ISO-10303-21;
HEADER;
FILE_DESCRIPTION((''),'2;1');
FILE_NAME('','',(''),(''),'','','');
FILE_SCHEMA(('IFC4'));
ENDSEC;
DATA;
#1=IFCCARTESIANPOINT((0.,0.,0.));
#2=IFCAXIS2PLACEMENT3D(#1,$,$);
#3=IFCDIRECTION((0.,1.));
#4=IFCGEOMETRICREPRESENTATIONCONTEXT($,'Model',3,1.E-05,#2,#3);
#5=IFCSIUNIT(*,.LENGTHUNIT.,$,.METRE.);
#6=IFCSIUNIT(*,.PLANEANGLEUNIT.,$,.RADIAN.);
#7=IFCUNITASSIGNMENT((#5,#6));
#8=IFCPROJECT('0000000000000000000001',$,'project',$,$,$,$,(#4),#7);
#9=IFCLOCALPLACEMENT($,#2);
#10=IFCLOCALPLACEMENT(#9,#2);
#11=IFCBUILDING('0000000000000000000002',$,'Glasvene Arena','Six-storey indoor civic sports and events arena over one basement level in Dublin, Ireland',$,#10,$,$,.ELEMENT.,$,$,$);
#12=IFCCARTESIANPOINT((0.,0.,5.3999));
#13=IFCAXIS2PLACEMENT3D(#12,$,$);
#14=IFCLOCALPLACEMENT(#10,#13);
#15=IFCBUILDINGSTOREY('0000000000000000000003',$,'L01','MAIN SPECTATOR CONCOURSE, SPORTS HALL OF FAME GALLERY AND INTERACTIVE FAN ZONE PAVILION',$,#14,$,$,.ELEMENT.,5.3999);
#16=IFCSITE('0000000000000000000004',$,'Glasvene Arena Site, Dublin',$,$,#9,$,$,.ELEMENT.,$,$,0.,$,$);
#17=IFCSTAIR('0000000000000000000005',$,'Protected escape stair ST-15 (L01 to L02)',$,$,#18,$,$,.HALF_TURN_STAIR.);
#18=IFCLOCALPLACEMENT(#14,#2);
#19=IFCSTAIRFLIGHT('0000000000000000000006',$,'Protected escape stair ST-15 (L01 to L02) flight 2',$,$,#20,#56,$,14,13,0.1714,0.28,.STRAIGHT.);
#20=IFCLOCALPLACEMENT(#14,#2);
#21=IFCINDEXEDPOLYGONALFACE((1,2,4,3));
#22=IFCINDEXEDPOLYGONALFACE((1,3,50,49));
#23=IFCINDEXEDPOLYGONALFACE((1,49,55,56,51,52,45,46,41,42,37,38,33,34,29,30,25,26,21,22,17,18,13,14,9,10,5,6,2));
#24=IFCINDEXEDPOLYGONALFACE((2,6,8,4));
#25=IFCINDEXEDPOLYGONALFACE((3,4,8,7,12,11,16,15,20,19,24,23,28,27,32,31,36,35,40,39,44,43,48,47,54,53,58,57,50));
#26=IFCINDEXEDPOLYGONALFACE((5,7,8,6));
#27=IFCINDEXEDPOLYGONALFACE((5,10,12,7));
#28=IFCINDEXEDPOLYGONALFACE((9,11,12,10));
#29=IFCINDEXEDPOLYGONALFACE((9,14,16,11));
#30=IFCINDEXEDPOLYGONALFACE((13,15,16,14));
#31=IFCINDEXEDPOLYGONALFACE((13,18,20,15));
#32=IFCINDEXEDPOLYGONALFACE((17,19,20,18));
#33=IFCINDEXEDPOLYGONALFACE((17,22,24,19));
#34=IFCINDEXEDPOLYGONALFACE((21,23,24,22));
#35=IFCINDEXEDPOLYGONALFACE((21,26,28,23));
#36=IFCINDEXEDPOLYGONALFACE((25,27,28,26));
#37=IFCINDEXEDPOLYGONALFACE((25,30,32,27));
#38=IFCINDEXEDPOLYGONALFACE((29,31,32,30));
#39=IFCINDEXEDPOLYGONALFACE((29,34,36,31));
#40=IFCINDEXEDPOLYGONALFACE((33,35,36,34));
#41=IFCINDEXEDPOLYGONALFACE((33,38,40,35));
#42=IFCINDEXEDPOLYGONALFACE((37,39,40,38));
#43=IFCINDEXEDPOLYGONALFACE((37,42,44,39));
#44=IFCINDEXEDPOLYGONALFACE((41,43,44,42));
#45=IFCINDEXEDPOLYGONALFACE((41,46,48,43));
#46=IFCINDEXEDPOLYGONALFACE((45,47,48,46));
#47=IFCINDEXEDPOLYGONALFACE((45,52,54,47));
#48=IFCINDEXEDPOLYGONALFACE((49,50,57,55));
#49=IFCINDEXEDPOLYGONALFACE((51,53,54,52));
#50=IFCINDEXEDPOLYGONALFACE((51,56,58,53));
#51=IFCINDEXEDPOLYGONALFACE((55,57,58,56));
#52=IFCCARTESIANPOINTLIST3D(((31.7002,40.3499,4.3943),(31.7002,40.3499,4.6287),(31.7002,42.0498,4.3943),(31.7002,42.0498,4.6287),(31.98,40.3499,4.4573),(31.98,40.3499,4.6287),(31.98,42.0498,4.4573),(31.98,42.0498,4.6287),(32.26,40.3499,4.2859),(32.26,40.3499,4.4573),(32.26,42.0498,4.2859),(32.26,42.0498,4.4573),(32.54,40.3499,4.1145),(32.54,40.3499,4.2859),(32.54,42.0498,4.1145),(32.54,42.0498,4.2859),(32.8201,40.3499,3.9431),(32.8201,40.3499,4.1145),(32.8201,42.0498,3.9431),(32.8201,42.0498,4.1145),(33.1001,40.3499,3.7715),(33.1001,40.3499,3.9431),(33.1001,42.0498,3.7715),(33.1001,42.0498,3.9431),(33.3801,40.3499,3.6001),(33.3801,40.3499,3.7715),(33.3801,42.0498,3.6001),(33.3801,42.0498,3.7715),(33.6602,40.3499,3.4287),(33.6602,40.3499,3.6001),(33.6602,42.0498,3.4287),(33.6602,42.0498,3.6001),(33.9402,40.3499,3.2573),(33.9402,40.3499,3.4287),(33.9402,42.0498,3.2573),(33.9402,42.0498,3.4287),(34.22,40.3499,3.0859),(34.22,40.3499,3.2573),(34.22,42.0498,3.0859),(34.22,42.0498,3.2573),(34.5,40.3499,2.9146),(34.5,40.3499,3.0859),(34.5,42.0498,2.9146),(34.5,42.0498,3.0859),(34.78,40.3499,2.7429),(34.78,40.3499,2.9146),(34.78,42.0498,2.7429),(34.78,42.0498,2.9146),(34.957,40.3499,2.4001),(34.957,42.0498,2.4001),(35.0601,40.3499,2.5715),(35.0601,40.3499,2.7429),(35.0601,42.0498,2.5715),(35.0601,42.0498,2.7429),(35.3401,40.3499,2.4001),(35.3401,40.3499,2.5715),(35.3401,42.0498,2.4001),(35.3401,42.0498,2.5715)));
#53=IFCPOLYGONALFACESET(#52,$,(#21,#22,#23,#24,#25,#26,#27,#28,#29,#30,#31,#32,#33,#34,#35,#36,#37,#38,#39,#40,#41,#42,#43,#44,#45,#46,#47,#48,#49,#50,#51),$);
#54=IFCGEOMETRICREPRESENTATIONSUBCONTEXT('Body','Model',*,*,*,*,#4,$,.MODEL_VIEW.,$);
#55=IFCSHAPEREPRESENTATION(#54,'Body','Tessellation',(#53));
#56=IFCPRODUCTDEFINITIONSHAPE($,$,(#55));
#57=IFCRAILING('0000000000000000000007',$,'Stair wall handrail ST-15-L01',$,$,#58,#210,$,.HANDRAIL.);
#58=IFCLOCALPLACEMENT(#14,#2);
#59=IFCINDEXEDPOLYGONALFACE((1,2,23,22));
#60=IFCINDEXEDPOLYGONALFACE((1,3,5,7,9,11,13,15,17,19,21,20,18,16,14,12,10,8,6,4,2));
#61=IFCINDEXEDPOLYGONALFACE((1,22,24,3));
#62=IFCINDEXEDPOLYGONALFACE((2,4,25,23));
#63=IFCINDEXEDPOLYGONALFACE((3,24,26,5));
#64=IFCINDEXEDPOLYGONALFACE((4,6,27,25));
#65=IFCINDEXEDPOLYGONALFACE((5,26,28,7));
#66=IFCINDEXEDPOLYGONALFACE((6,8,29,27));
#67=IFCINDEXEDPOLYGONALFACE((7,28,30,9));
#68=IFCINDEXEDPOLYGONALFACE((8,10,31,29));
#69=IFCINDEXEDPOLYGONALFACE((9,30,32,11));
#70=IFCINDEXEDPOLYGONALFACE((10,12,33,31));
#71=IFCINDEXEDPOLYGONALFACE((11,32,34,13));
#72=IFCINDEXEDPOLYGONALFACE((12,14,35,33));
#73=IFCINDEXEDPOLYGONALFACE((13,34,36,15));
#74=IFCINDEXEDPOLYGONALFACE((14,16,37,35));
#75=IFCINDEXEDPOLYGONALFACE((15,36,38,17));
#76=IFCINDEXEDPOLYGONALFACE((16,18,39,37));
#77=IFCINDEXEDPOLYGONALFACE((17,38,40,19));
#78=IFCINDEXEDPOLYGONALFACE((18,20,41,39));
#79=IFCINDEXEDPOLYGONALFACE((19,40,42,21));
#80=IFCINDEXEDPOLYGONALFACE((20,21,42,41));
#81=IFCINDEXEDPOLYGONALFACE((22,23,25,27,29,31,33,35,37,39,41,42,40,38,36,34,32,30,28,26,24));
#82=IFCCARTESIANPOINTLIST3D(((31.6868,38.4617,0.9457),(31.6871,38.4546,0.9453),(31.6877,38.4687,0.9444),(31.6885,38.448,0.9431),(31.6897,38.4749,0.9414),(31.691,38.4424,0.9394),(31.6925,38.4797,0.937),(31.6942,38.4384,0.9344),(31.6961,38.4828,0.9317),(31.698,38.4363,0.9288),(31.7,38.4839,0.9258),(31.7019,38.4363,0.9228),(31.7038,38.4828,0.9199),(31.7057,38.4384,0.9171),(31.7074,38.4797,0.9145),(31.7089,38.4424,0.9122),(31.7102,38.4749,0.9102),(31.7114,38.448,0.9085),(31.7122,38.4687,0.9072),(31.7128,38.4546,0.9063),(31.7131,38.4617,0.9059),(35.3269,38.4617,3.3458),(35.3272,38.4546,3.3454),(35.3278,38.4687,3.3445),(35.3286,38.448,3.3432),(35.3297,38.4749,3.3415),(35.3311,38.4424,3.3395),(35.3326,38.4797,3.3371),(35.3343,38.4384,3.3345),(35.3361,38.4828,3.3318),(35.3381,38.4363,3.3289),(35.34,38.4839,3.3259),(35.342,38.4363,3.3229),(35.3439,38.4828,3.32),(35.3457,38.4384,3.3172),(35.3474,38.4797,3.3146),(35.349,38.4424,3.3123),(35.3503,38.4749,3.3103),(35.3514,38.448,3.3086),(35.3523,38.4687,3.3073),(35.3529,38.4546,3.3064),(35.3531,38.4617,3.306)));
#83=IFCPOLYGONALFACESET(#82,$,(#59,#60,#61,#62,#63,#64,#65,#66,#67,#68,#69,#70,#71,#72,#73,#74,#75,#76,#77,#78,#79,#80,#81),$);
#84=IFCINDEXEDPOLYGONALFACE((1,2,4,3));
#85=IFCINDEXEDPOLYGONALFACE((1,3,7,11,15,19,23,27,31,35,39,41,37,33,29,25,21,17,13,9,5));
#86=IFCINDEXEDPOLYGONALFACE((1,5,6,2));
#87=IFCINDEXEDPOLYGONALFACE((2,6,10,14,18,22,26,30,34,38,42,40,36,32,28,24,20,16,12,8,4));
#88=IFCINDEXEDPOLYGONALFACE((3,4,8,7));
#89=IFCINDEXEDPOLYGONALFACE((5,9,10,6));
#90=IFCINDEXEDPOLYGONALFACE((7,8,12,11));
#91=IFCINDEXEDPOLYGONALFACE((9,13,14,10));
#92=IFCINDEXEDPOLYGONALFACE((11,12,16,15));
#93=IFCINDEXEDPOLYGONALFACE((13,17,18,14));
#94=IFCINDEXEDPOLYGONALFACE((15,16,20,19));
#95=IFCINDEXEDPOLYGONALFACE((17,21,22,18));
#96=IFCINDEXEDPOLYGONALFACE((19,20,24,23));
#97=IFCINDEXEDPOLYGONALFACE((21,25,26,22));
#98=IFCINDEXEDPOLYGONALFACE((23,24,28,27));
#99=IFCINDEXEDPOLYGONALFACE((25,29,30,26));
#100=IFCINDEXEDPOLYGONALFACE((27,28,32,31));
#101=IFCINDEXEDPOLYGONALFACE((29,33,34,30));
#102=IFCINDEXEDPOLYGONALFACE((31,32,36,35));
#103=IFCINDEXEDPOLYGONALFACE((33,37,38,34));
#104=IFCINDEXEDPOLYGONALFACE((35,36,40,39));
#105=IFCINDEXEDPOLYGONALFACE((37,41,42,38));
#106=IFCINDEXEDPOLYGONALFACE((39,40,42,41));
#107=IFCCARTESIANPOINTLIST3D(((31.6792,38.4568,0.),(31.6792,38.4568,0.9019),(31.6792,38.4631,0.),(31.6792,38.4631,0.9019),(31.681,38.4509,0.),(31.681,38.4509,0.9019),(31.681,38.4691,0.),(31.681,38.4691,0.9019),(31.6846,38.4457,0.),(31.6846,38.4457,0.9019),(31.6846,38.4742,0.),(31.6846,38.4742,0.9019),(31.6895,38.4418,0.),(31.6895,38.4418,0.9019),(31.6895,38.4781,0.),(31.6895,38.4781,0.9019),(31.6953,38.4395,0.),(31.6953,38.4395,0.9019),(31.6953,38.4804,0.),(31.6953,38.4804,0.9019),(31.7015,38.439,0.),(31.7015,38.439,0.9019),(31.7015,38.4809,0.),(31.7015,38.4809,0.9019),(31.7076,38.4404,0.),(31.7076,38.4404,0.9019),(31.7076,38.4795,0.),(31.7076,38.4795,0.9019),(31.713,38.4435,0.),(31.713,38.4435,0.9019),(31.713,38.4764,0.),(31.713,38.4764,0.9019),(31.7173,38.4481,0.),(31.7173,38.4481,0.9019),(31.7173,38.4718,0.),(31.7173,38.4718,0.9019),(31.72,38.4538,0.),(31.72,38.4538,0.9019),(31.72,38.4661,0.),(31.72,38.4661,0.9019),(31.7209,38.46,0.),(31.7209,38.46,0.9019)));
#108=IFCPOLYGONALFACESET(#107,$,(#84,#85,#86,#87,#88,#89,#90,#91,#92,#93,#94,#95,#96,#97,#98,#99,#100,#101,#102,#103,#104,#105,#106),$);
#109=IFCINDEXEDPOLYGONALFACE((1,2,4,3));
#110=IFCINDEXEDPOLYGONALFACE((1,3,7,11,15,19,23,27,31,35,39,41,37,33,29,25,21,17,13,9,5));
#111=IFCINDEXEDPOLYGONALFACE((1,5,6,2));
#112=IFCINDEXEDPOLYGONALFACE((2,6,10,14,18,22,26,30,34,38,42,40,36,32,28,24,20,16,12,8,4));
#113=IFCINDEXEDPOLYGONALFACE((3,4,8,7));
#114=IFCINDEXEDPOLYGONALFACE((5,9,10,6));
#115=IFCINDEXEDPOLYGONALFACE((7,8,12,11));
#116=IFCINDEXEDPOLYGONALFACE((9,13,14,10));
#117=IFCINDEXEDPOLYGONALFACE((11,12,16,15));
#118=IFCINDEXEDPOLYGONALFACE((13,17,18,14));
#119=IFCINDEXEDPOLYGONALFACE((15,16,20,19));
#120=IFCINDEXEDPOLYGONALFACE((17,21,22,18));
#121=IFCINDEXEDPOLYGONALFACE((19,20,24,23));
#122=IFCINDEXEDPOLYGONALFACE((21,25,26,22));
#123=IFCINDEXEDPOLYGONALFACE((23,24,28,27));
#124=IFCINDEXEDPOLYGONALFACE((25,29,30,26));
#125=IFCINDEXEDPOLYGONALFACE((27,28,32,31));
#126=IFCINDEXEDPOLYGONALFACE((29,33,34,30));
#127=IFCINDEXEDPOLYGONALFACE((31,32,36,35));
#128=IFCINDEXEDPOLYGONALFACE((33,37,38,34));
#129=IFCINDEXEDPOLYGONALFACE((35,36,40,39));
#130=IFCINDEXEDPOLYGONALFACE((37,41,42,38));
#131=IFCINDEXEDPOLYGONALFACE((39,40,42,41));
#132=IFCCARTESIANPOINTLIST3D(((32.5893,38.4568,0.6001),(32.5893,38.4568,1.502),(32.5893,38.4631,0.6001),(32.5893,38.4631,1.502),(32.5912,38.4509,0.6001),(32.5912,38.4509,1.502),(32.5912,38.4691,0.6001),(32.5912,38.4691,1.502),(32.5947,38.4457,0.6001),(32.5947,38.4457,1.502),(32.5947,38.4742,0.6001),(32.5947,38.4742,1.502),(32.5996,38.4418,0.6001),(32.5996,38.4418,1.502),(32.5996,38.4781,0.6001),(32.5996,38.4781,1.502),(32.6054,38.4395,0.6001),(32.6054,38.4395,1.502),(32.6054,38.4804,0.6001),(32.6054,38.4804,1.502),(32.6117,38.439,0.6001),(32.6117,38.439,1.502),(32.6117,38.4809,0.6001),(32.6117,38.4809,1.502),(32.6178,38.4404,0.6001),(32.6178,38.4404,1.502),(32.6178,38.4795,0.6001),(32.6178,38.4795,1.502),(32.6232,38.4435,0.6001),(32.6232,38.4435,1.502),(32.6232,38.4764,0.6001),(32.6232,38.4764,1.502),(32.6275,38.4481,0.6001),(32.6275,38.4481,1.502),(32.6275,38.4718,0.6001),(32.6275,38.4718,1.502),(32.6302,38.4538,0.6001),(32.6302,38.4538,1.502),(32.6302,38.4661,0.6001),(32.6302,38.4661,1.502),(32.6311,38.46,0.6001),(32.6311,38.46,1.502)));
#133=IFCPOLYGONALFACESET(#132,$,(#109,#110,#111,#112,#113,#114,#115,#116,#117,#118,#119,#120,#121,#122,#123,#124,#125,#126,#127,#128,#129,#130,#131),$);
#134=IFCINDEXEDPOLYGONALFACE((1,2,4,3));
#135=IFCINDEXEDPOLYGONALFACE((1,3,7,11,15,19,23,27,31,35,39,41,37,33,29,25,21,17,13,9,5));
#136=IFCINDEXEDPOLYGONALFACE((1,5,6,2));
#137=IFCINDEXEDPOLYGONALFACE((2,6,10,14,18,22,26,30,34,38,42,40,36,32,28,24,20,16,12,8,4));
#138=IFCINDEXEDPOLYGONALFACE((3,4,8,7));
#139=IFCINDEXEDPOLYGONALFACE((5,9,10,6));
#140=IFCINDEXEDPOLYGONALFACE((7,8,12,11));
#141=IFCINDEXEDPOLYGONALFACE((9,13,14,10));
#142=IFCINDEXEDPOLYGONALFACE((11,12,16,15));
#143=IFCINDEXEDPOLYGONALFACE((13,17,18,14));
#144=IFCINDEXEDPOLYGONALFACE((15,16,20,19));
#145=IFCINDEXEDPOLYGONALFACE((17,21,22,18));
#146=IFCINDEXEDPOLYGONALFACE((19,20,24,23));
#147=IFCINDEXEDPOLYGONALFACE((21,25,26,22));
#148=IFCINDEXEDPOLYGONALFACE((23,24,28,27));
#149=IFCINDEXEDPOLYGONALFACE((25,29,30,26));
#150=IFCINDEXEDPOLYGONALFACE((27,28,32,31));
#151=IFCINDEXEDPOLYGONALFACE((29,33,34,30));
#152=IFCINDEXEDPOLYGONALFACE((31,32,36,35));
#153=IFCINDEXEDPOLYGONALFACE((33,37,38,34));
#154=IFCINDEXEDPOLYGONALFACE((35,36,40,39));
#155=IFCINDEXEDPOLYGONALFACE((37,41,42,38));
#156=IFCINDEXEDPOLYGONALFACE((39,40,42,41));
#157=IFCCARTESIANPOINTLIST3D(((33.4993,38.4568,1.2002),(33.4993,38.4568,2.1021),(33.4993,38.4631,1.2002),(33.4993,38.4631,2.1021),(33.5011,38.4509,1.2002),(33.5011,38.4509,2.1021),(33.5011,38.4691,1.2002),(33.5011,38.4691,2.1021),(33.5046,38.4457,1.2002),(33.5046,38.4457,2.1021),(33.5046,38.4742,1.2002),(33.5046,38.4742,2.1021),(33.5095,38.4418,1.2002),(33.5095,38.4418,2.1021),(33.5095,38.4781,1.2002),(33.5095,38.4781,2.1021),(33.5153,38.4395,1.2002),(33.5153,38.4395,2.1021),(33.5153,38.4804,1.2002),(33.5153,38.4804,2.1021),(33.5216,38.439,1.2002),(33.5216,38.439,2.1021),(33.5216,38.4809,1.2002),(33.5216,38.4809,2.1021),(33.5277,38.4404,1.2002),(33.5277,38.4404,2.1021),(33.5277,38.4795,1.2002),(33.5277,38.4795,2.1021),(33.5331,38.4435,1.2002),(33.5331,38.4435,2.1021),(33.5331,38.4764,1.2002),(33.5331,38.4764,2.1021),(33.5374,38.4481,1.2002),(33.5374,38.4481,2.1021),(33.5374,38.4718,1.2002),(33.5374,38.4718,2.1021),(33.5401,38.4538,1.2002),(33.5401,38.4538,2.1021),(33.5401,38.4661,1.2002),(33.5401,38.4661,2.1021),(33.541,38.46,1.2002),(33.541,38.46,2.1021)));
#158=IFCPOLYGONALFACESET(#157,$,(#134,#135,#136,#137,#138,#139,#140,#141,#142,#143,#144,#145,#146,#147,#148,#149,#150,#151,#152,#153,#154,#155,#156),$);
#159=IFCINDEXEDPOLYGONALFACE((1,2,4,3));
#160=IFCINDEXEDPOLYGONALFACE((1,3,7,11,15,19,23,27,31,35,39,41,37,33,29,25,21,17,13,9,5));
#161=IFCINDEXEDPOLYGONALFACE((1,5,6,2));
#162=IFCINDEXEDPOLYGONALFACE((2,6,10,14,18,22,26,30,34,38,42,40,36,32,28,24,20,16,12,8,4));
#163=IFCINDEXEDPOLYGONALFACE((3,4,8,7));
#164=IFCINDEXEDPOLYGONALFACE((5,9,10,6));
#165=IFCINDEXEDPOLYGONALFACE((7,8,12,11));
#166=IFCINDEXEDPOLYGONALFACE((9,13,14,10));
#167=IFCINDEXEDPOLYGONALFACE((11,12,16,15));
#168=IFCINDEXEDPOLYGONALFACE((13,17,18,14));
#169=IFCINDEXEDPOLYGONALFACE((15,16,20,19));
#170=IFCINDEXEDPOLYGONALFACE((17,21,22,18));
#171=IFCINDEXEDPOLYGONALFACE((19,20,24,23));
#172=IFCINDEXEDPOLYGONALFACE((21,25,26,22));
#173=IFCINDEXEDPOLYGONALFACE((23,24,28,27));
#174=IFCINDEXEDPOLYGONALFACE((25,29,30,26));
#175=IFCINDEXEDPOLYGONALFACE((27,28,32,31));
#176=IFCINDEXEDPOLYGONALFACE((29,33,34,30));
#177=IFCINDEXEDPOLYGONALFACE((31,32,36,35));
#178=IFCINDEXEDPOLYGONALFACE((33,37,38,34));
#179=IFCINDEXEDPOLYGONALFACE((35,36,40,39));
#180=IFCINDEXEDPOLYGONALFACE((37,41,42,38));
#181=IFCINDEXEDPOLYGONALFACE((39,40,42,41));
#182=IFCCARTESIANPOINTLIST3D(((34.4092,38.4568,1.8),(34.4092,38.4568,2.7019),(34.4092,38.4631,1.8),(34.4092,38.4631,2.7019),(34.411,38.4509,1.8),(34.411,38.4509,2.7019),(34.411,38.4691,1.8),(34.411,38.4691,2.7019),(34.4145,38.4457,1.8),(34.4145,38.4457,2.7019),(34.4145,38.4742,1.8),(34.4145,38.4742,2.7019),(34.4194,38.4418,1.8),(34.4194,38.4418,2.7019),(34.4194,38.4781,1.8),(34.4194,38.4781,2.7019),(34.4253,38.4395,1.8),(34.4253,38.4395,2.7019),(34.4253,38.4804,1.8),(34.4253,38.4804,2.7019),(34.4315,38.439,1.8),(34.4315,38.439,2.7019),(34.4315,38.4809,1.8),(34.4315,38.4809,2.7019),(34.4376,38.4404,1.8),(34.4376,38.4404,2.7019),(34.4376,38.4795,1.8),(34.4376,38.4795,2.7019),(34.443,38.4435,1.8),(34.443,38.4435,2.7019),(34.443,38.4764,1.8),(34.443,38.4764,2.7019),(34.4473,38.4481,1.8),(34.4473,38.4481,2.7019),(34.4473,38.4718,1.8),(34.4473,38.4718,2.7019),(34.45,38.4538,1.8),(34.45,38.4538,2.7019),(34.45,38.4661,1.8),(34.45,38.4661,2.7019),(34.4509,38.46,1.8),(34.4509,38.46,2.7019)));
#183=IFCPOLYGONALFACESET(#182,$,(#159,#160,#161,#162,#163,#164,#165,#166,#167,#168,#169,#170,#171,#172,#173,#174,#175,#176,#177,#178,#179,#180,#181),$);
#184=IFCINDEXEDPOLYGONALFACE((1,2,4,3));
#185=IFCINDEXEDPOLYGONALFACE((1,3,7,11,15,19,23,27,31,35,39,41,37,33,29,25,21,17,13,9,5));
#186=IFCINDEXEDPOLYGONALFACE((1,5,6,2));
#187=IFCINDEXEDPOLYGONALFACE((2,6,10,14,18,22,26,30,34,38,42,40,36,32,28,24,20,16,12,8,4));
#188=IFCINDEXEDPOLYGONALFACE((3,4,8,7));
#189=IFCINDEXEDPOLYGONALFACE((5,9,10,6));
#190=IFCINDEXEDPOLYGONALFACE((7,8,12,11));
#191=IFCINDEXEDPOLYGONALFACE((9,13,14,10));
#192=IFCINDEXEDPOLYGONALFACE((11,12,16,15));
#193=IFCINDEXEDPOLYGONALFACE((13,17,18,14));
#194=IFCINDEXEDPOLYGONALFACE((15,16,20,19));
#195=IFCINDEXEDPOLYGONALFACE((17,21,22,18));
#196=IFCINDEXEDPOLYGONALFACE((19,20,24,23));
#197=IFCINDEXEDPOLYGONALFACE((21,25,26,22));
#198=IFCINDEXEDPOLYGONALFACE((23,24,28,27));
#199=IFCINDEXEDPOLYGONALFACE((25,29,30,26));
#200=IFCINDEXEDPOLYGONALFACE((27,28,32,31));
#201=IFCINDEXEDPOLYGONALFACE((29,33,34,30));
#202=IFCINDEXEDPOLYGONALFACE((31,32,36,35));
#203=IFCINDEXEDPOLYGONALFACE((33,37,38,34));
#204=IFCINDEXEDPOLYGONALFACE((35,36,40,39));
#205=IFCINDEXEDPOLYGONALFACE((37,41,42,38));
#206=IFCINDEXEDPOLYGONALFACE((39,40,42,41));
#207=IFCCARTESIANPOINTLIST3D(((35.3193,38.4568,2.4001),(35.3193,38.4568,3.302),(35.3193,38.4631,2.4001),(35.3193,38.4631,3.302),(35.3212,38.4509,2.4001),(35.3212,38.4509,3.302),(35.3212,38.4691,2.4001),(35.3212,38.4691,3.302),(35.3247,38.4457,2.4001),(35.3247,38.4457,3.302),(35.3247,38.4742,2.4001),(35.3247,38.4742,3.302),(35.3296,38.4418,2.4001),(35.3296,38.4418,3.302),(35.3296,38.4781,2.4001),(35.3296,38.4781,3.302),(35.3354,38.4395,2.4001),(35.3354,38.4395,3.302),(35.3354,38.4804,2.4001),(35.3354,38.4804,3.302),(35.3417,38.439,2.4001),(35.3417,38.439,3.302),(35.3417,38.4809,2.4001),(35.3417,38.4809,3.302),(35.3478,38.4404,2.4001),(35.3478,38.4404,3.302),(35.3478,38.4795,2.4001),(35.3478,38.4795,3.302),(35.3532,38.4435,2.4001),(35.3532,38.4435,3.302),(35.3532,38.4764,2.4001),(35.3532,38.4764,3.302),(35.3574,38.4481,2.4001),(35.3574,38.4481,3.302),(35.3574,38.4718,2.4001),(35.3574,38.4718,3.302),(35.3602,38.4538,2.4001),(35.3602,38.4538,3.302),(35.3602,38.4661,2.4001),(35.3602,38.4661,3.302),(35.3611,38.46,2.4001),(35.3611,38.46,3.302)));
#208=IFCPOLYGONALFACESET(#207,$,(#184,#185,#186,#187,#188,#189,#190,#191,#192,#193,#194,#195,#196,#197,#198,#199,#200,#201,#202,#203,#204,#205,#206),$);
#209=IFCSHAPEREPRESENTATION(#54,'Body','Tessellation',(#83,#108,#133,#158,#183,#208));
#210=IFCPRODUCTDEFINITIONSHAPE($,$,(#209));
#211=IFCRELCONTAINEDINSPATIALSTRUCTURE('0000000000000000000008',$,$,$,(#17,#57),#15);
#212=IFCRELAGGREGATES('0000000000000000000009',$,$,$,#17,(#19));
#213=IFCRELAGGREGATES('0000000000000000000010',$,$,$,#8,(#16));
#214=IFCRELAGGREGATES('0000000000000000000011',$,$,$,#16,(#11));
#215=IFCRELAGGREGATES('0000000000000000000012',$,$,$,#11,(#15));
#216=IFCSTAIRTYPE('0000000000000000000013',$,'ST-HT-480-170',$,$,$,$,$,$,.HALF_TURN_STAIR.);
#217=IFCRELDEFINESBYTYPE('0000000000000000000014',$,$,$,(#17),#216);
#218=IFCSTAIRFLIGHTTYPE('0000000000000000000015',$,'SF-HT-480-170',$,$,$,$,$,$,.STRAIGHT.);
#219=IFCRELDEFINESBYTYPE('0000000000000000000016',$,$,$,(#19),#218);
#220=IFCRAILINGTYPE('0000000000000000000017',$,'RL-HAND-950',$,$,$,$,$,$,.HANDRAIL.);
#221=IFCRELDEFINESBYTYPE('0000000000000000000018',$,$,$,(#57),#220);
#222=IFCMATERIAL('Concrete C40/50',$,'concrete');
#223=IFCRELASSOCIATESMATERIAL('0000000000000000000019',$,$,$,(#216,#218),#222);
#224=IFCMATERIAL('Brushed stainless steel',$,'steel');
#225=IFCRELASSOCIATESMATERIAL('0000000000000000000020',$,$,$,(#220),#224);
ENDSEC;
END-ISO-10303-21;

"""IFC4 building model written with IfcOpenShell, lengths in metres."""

from ifc_helpers import new_model, si_unit, direction, frame, origin, origin_2d, place, context, subcontext, project, spatial, polyline, circle, outline, extrude, material, type_object, element, aggregate, save


model = new_model("IFC4")

# Units and contexts
model_context = context("Model", 3, precision=1e-05, world=origin(), true_north=direction((0.0, 1.0)))
body_context = subcontext(model_context, "Body", "Model", "MODEL_VIEW")
ifc_project = project(units=[si_unit("LENGTHUNIT", "METRE"), si_unit("PLANEANGLEUNIT", "RADIAN")], contexts=[model_context])

# Site, building, storey
site_placement = place(None, origin())
site = spatial("IfcSite", under=ifc_project, at=site_placement, Name="Glasvene Arena Site, Dublin", CompositionType="ELEMENT", RefElevation=0.0)
building_placement = place(site_placement, origin())
building = spatial("IfcBuilding", under=site, at=building_placement, Name="Glasvene Arena", Description="Six-storey indoor civic sports and events arena over one basement level in Dublin, Ireland", CompositionType="ELEMENT")
storey_placement = place(building_placement, frame((0.0, 0.0, 5.3999)))
storey = spatial("IfcBuildingStorey", under=building, at=storey_placement, Name="L01", Description="MAIN SPECTATOR CONCOURSE, SPORTS HALL OF FAME GALLERY AND INTERACTIVE FAN ZONE PAVILION", CompositionType="ELEMENT", Elevation=5.3999)

# Shared definitions
ifc_material_1 = material(Name="Concrete C40/50", Category="concrete")

# Stair
stair_type = type_object("IfcStairType", Name="ST-HT-480-170", PredefinedType="HALF_TURN_STAIR", material=ifc_material_1)
stair_placement = place(storey_placement, origin())
stair = element("IfcStair", 1, at=stair_placement, inside=storey, type_object=stair_type, Name="Protected escape stair ST-15 (L01 to L02)", PredefinedType="HALF_TURN_STAIR")

# Stair flight
stair_flight_type = type_object("IfcStairFlightType", Name="SF-HT-480-170", PredefinedType="STRAIGHT", material=ifc_material_1)
stair_flight_1_placement = place(storey_placement, frame((35.3401, 41.2, 2.4001), z_axis=(0.0, 0.0, 1.0), x_axis=(-1.0, 0.0, 0.0)))
stair_flight_1 = element("IfcStairFlight", 2, at=stair_flight_1_placement, type_object=stair_flight_type, Name="Protected escape stair ST-15 (L01 to L02) flight 2", NumberOfRisers=14, NumberOfTreads=13, PredefinedType="STRAIGHT", RiserHeight=0.1714, TreadLength=0.28, context=body_context, shape_type="SweptSolid", body=[
    extrude(outline(polyline([(0.0, 0.0), (0.0, 0.1714), (0.28, 0.1714), (0.28, 0.3428), (0.5601, 0.3428), (0.5601, 0.5144), (0.8401, 0.5144), (0.8401, 0.6858), (1.1201, 0.6858), (1.1201, 0.8572), (1.3999, 0.8572), (1.3999, 1.0286), (1.6799, 1.0286), (1.6799, 1.2), (1.96, 1.2), (1.96, 1.3713), (2.24, 1.3713), (2.24, 1.543), (2.52, 1.543), (2.52, 1.7144), (2.8, 1.7144), (2.8, 1.8857), (3.0801, 1.8857), (3.0801, 2.0571), (3.3601, 2.0571), (3.3601, 2.2285), (3.6399, 2.2285), (3.6399, 2.3999), (3.6399, 1.9941), (0.3831, 0.0), (0.0, 0.0)])), frame((0.0, 0.8501, 0.0), z_axis=(0.0, -1.0, 0.0), x_axis=(1.0, 0.0, 0.0)), (0.0, 0.0, 1.0), 1.7),
])
aggregate(stair, [stair_flight_1])

# Railing
ifc_material_2 = material(Name="Brushed stainless steel", Category="steel")
railing_type_1 = type_object("IfcRailingType", Name="RL-HAND-950", PredefinedType="HANDRAIL", material=ifc_material_2)
railing_1_placement = place(storey_placement, frame((31.7, 38.46, 0.0)))
element("IfcRailing", 3, at=railing_1_placement, inside=storey, type_object=railing_type_1, Name="Stair wall handrail ST-15-L01", PredefinedType="HANDRAIL", context=body_context, shape_type="SweptSolid", body=[
    extrude(circle(Radius=0.0239, at=origin_2d()), frame((0.0, 0.0, 0.9258), z_axis=(0.834856, 0.0, 0.550468), x_axis=(0.0, 1.0, 0.0)), (0.0, 0.0, 1.0), 4.3601),
    extrude(circle(Radius=0.021, at=origin_2d()), origin(), (0.0, 0.0, 1.0), 0.9019),
    extrude(circle(Radius=0.021, at=origin_2d()), frame((0.9102, 0.0, 0.6001)), (0.0, 0.0, 1.0), 0.9019),
    extrude(circle(Radius=0.021, at=origin_2d()), frame((1.8201, 0.0, 1.2002)), (0.0, 0.0, 1.0), 0.9019),
    extrude(circle(Radius=0.021, at=origin_2d()), frame((2.73, 0.0, 1.8)), (0.0, 0.0, 1.0), 0.9019),
    extrude(circle(Radius=0.021, at=origin_2d()), frame((3.6401, 0.0, 2.4001)), (0.0, 0.0, 1.0), 0.9019),
])

save(model, "model.ifc")
